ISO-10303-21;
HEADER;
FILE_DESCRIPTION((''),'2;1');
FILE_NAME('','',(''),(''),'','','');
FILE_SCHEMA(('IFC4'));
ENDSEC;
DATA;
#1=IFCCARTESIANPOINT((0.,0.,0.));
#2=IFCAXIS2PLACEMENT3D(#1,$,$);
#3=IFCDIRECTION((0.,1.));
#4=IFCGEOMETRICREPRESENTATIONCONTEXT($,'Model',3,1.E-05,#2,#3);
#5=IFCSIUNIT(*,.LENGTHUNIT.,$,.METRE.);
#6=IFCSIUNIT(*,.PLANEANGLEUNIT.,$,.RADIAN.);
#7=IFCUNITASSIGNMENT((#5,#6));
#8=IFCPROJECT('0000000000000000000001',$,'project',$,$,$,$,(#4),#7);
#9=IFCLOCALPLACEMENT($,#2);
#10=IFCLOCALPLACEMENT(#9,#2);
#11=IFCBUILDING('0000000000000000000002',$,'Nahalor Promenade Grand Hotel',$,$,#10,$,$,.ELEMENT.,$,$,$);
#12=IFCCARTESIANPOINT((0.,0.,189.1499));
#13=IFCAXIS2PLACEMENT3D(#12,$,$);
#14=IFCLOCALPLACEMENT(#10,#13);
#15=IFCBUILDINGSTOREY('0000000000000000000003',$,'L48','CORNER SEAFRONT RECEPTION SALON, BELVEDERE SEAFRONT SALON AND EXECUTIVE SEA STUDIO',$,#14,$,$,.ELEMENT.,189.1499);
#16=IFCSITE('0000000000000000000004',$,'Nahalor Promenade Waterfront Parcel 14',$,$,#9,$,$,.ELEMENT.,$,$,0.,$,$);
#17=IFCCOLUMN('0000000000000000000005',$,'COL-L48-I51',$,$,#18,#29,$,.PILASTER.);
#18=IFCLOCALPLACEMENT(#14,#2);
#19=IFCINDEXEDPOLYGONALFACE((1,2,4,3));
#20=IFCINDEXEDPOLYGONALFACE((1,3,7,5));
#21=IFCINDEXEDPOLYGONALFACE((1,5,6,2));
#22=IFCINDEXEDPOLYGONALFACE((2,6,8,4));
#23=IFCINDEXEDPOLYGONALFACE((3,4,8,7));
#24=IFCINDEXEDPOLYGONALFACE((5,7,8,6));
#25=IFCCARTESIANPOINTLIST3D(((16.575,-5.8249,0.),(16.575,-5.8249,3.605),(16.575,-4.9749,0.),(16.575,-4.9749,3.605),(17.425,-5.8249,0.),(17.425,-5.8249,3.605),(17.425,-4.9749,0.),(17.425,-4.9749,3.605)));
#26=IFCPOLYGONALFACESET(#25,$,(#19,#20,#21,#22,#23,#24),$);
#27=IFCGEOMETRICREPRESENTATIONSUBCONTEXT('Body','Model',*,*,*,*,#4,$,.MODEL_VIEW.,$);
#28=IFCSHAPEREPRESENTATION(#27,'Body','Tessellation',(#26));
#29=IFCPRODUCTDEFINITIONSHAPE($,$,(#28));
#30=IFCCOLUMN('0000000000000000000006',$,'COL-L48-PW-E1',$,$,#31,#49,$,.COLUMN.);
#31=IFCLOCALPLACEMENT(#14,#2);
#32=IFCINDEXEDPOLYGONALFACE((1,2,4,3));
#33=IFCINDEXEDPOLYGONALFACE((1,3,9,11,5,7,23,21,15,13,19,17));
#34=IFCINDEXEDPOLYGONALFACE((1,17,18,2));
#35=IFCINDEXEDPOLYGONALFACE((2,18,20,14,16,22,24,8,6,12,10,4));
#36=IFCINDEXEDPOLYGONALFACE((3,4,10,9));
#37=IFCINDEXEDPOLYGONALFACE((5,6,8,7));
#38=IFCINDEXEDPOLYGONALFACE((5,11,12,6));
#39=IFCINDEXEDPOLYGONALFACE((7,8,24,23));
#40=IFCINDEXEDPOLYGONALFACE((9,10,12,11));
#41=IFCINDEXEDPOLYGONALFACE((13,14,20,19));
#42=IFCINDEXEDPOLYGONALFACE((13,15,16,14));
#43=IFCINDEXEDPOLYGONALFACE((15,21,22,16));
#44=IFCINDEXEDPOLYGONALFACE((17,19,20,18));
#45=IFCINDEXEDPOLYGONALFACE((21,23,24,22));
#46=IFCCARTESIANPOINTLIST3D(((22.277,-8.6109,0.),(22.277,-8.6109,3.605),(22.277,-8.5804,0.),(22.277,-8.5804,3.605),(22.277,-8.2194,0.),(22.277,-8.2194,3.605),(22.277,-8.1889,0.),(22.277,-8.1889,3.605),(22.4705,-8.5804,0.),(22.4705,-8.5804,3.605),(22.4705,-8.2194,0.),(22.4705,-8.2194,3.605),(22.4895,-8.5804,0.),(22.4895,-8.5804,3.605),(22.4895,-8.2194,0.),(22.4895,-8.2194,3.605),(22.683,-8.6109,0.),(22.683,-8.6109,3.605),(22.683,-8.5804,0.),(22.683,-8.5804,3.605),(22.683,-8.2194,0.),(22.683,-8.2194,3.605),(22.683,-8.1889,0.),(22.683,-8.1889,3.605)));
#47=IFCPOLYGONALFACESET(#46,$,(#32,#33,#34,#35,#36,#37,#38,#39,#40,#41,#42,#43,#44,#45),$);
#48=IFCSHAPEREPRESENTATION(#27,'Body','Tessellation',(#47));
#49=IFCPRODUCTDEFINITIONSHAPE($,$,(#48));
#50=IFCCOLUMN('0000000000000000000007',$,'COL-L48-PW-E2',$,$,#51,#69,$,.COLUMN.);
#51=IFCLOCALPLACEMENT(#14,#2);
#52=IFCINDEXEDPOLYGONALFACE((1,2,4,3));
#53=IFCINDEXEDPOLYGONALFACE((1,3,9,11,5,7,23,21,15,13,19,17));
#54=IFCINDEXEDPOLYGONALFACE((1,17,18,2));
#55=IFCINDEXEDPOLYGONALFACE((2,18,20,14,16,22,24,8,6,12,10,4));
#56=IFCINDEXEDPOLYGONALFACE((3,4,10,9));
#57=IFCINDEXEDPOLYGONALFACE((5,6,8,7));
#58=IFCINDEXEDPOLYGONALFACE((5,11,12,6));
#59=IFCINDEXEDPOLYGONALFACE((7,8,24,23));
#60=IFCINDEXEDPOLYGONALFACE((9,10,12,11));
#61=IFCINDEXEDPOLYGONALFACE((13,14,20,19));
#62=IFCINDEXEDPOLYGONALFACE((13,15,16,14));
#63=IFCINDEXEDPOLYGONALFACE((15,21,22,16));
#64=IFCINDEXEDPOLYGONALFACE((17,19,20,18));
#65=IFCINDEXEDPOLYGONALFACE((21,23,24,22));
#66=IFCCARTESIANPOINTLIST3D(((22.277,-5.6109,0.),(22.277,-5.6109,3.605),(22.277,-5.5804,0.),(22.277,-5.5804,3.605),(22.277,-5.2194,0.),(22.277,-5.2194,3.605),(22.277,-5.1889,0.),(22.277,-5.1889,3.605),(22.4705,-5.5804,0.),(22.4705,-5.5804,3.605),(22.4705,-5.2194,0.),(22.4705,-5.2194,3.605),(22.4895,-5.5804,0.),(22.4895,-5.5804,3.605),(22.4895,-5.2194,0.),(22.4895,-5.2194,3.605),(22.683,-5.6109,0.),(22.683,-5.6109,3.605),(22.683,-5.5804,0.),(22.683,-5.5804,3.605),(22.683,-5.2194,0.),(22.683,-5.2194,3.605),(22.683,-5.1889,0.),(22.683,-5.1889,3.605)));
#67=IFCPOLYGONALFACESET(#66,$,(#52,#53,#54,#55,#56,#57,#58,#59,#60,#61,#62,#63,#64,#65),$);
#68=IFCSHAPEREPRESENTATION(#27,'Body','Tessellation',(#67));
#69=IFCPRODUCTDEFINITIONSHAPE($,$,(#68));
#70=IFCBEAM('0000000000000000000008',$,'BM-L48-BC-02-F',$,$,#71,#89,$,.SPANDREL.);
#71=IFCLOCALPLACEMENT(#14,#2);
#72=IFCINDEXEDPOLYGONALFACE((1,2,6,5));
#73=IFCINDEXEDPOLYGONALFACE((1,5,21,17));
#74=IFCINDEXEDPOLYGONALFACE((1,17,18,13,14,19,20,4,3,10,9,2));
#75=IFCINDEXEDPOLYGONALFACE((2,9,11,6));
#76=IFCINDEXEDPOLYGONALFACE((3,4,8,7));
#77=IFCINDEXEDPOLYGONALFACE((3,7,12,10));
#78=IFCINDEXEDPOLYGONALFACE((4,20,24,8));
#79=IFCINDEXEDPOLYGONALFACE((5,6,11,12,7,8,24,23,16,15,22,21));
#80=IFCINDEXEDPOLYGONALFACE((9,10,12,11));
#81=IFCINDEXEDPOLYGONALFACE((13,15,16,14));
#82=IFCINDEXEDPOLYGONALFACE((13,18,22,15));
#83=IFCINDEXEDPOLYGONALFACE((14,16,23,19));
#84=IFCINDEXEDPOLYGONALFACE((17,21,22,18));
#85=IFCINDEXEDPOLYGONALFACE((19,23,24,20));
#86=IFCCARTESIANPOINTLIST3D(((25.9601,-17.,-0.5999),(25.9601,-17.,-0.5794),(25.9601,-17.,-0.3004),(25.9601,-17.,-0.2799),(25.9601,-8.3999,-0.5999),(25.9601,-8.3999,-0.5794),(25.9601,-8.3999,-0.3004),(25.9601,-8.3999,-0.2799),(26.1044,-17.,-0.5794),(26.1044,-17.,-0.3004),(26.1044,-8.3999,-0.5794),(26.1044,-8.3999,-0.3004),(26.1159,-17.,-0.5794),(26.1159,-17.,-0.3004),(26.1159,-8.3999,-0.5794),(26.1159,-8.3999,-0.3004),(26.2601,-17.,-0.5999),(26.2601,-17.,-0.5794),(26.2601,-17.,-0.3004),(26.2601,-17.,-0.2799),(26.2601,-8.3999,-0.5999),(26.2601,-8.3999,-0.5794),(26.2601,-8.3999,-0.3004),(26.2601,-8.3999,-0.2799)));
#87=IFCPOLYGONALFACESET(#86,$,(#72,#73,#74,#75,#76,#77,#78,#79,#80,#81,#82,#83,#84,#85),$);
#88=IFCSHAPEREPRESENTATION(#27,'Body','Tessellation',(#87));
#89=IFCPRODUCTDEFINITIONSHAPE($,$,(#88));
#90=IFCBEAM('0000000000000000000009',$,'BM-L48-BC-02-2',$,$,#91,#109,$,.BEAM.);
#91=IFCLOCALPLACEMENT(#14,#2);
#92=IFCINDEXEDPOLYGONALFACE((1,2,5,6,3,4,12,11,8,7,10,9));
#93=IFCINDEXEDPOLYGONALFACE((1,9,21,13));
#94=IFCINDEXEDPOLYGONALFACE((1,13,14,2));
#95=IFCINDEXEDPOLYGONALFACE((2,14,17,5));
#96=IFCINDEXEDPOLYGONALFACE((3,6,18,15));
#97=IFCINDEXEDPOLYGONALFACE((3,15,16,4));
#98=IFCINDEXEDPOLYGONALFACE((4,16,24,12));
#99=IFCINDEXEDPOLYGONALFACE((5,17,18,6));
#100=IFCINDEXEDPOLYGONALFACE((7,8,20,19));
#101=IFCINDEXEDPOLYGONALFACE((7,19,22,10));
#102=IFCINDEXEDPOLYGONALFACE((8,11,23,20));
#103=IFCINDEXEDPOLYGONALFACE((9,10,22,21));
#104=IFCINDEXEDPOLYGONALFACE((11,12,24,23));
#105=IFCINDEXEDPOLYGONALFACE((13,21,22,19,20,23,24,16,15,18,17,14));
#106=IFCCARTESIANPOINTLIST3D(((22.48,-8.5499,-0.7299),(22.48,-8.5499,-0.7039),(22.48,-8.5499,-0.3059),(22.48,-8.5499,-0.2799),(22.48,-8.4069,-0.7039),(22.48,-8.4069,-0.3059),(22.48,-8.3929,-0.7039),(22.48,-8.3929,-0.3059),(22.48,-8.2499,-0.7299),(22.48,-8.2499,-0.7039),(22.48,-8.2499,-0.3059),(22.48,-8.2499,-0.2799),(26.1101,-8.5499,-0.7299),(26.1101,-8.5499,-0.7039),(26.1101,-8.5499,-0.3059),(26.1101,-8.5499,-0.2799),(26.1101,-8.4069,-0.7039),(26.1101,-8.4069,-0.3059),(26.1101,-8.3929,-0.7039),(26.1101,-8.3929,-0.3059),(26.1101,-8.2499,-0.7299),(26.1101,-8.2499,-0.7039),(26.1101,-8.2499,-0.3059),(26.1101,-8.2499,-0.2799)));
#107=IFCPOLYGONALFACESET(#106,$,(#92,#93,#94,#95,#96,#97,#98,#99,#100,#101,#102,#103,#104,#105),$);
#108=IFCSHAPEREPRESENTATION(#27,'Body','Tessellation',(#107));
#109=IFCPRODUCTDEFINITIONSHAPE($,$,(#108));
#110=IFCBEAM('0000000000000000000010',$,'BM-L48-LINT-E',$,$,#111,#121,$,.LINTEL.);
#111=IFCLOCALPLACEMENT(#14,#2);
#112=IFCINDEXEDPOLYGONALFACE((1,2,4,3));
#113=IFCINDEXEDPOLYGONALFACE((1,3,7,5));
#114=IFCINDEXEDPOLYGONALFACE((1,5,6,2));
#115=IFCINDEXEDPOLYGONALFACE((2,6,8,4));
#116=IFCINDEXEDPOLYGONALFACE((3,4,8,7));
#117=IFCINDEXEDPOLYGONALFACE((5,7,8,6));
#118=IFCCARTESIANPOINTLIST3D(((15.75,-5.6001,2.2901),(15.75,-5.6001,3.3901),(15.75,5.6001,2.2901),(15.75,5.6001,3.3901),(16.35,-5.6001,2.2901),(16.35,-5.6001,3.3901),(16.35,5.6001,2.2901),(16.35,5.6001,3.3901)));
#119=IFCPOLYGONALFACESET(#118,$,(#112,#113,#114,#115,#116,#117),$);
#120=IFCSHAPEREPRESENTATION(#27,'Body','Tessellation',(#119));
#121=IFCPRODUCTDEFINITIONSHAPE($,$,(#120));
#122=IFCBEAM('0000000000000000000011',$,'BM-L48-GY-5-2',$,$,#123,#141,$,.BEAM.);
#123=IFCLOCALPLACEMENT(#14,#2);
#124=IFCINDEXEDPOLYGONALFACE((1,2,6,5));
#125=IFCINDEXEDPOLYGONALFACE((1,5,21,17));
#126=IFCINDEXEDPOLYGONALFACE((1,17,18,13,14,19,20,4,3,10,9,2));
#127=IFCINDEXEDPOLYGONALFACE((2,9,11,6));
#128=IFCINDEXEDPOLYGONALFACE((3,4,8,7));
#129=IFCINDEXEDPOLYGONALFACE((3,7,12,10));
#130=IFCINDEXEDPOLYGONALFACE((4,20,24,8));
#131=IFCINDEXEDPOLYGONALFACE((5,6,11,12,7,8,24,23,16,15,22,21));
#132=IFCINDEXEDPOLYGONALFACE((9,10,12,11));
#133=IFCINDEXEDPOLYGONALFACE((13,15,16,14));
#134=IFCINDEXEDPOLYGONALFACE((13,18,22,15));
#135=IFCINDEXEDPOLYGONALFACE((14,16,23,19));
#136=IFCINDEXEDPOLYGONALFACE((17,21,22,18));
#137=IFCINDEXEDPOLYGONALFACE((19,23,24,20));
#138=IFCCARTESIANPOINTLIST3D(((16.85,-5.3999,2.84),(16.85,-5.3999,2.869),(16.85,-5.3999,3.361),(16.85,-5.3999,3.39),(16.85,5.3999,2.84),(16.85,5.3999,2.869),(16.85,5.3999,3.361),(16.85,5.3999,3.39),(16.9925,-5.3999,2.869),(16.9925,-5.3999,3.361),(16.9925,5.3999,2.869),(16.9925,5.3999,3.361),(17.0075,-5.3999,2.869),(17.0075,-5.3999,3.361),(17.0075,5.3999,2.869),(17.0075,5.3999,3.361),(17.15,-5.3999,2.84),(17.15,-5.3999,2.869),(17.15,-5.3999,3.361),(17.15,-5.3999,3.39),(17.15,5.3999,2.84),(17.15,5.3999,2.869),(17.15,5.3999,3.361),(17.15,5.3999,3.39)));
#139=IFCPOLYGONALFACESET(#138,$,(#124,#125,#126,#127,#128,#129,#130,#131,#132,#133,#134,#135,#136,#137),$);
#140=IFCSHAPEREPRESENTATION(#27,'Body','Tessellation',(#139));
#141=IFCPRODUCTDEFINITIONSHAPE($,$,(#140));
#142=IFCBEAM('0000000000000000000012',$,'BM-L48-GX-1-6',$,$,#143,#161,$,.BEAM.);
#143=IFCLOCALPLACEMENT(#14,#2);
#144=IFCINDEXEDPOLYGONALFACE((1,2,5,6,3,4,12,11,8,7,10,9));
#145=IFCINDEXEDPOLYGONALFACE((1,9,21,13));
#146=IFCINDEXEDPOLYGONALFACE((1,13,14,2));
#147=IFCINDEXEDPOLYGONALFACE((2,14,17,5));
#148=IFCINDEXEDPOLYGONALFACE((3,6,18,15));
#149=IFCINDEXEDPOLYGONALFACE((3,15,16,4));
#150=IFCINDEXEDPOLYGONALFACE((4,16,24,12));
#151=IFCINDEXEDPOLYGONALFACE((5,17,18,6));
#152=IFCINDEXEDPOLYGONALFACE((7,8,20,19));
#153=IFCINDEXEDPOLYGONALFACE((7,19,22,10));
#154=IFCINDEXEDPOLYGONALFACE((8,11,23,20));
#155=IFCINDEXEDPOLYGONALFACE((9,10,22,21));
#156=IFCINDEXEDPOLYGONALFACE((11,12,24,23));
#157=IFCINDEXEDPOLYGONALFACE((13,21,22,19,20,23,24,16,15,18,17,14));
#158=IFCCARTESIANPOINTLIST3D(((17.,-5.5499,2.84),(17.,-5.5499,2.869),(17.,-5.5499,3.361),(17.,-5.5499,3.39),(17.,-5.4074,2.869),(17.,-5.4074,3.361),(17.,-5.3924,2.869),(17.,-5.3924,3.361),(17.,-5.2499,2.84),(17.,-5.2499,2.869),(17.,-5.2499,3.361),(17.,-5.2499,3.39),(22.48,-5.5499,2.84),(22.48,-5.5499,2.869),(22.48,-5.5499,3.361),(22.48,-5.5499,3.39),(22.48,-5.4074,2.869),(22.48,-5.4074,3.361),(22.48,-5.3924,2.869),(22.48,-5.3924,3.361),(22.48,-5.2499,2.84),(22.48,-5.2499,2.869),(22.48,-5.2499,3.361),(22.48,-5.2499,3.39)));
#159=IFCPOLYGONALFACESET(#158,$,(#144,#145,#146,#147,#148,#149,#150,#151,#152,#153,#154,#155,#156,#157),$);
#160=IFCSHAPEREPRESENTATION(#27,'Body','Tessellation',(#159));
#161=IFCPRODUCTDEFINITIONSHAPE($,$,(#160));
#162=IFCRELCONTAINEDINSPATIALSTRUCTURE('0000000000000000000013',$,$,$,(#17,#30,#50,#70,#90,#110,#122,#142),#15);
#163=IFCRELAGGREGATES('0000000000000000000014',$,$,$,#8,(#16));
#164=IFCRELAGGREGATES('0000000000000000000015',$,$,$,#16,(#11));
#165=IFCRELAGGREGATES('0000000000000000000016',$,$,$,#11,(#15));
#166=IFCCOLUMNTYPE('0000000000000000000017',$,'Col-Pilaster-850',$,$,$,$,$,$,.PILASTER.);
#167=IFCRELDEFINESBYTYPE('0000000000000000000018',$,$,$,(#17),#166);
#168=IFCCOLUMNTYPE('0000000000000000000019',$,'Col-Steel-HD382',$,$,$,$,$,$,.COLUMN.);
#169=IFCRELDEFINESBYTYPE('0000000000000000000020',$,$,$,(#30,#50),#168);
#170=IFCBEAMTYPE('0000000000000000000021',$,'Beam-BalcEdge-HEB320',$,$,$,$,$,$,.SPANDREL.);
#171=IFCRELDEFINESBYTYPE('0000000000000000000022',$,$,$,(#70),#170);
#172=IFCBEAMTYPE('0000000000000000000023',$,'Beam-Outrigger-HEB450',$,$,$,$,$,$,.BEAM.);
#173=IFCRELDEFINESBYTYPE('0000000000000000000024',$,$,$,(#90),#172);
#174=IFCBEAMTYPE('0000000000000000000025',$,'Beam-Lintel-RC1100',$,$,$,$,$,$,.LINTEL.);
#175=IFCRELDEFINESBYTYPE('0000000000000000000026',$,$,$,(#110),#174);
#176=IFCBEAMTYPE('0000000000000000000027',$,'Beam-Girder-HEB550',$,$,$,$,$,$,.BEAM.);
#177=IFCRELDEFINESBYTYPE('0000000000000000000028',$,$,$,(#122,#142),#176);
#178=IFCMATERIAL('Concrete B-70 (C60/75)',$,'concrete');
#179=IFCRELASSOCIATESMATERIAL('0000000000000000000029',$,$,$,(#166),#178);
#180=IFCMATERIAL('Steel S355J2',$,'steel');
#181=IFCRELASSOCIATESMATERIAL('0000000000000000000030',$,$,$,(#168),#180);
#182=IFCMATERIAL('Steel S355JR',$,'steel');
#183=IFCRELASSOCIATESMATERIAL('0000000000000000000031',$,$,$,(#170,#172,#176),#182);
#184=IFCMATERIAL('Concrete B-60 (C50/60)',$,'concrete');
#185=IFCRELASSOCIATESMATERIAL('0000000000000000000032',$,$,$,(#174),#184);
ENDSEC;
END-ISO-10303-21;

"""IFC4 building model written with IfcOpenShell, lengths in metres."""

from ifc_helpers import new_model, si_unit, direction, frame, origin, origin_2d, place, context, subcontext, project, spatial, rectangle, i_section, extrude, source, transform, mapped, material, material_profile, profile_set, type_object, element, save


model = new_model("IFC4")

# Units and contexts
model_context = context("Model", 3, precision=1e-05, world=origin(), true_north=direction((0.0, 1.0)))
body_context = subcontext(model_context, "Body", "Model", "MODEL_VIEW")
ifc_project = project(units=[si_unit("LENGTHUNIT", "METRE"), si_unit("PLANEANGLEUNIT", "RADIAN")], contexts=[model_context])

# Site, building, storey
site_placement = place(None, origin())
site = spatial("IfcSite", under=ifc_project, at=site_placement, Name="Nahalor Promenade Waterfront Parcel 14", CompositionType="ELEMENT", RefElevation=0.0)
building_placement = place(site_placement, origin())
building = spatial("IfcBuilding", under=site, at=building_placement, Name="Nahalor Promenade Grand Hotel", CompositionType="ELEMENT")
storey_placement = place(building_placement, frame((0.0, 0.0, 189.1499)))
storey = spatial("IfcBuildingStorey", under=building, at=storey_placement, Name="L48", Description="CORNER SEAFRONT RECEPTION SALON, BELVEDERE SEAFRONT SALON AND EXECUTIVE SEA STUDIO", CompositionType="ELEMENT", Elevation=189.1499)

# Columns
ifc_material_1 = material(Name="Concrete B-70 (C60/75)", Category="concrete")
ifc_material_profile_1 = material_profile(ifc_material_1, rectangle(XDim=0.85, YDim=0.85, at=origin_2d()), Name="RC 850x850")
ifc_profile_set_1 = profile_set([ifc_material_profile_1], Name="Concrete B-70 (C60/75)")
column_type_1 = type_object("IfcColumnType", Name="Col-Pilaster-850", PredefinedType="PILASTER", material=ifc_profile_set_1)
shared_shape_1 = source(origin(), body_context, "Body", "SweptSolid", [
    extrude(rectangle(XDim=0.85, YDim=0.85, at=origin_2d()), origin(), (0.0, 0.0, 1.0), 3.605),
])
column_placement = place(storey_placement, frame((17.0, -5.3999, 0.0), z_axis=(0.0, 0.0, 1.0), x_axis=(1.0, 0.0, 0.0)))
element("IfcColumn", 1, at=column_placement, inside=storey, type_object=column_type_1, Name="COL-L48-I51", PredefinedType="PILASTER", context=body_context, shape_type="MappedRepresentation", body=[
    mapped(shared_shape_1, transform((0.0, 0.0, 0.0), scale=1.0)),
])
ifc_material_2 = material(Name="Steel S355J2", Category="steel")
ifc_material_profile_2 = material_profile(ifc_material_2, i_section(OverallWidth=0.406, OverallDepth=0.422, WebThickness=0.019, FlangeThickness=0.0305, at=origin_2d()), Name="HD 400x382")
ifc_profile_set_2 = profile_set([ifc_material_profile_2], Name="Steel S355J2")
column_type_2 = type_object("IfcColumnType", Name="Col-Steel-HD382", PredefinedType="COLUMN", material=ifc_profile_set_2)
shared_shape_2 = source(origin(), body_context, "Body", "SweptSolid", [
    extrude(i_section(OverallWidth=0.406, OverallDepth=0.422, WebThickness=0.019, FlangeThickness=0.0305, at=origin_2d()), origin(), (0.0, 0.0, 1.0), 3.605),
])
for number, where, z_axis, x_axis, name in (
    (2, (22.48, -8.3999, 0.0), (0.0, 0.0, 1.0), (1.0, 0.0, 0.0), "COL-L48-PW-E1"),
    (3, (22.48, -5.3999, 0.0), (0.0, 0.0, 1.0), (1.0, 0.0, 0.0), "COL-L48-PW-E2"),
):
    element("IfcColumn", number, at=place(storey_placement, frame(where, z_axis=z_axis, x_axis=x_axis)), inside=storey, type_object=column_type_2, Name=name, PredefinedType="COLUMN", context=body_context, shape_type="MappedRepresentation", body=[
        mapped(shared_shape_2, transform((0.0, 0.0, 0.0), scale=1.0)),
    ])

# Beams
ifc_material_3 = material(Name="Steel S355JR", Category="steel")
ifc_material_profile_3 = material_profile(ifc_material_3, i_section(OverallWidth=0.3, OverallDepth=0.32, WebThickness=0.0115, FlangeThickness=0.0205, at=origin_2d()), Name="HEB 320")
ifc_profile_set_3 = profile_set([ifc_material_profile_3], Name="Steel S355JR")
beam_type_1 = type_object("IfcBeamType", Name="Beam-BalcEdge-HEB320", PredefinedType="SPANDREL", material=ifc_profile_set_3)
shared_shape_3 = source(origin(), body_context, "Body", "SweptSolid", [
    extrude(i_section(OverallWidth=0.3, OverallDepth=0.32, WebThickness=0.0115, FlangeThickness=0.0205, at=origin_2d()), origin(), (0.0, 0.0, 1.0), 8.6001),
])
beam_1_placement = place(storey_placement, frame((26.1101, -17.0, -0.4399), z_axis=(0.0, 1.0, 0.0), x_axis=(-1.0, 0.0, 0.0)))
element("IfcBeam", 4, at=beam_1_placement, inside=storey, type_object=beam_type_1, Name="BM-L48-BC-02-F", PredefinedType="SPANDREL", context=body_context, shape_type="MappedRepresentation", body=[
    mapped(shared_shape_3, transform((0.0, 0.0, 0.0), scale=1.0)),
])
ifc_material_profile_4 = material_profile(ifc_material_3, i_section(OverallWidth=0.3, OverallDepth=0.45, WebThickness=0.014, FlangeThickness=0.026, at=origin_2d()), Name="HEB 450")
ifc_profile_set_4 = profile_set([ifc_material_profile_4], Name="Steel S355JR")
beam_type_2 = type_object("IfcBeamType", Name="Beam-Outrigger-HEB450", PredefinedType="BEAM", material=ifc_profile_set_4)
shared_shape_4 = source(origin(), body_context, "Body", "SweptSolid", [
    extrude(i_section(OverallWidth=0.3, OverallDepth=0.45, WebThickness=0.014, FlangeThickness=0.026, at=origin_2d()), origin(), (0.0, 0.0, 1.0), 3.6301),
])
beam_2_placement = place(storey_placement, frame((22.48, -8.3999, -0.5049), z_axis=(1.0, 0.0, 0.0), x_axis=(0.0, 1.0, 0.0)))
element("IfcBeam", 5, at=beam_2_placement, inside=storey, type_object=beam_type_2, Name="BM-L48-BC-02-2", PredefinedType="BEAM", context=body_context, shape_type="MappedRepresentation", body=[
    mapped(shared_shape_4, transform((0.0, 0.0, 0.0), scale=1.0)),
])
ifc_material_4 = material(Name="Concrete B-60 (C50/60)", Category="concrete")
ifc_material_profile_5 = material_profile(ifc_material_4, rectangle(XDim=0.6, YDim=1.1, at=origin_2d()), Name="RC 600x1100")
ifc_profile_set_5 = profile_set([ifc_material_profile_5], Name="Concrete B-60 (C50/60)")
beam_type_3 = type_object("IfcBeamType", Name="Beam-Lintel-RC1100", PredefinedType="LINTEL", material=ifc_profile_set_5)
shared_shape_5 = source(origin(), body_context, "Body", "SweptSolid", [
    extrude(rectangle(XDim=0.6, YDim=1.1, at=origin_2d()), origin(), (0.0, 0.0, 1.0), 11.2002),
])
beam_3_placement = place(storey_placement, frame((16.05, -5.6001, 2.8401), z_axis=(0.0, 1.0, 0.0), x_axis=(-1.0, 0.0, 0.0)))
element("IfcBeam", 6, at=beam_3_placement, inside=storey, type_object=beam_type_3, Name="BM-L48-LINT-E", PredefinedType="LINTEL", context=body_context, shape_type="MappedRepresentation", body=[
    mapped(shared_shape_5, transform((0.0, 0.0, 0.0), scale=1.0)),
])
ifc_material_profile_6 = material_profile(ifc_material_3, i_section(OverallWidth=0.3, OverallDepth=0.55, WebThickness=0.015, FlangeThickness=0.029, at=origin_2d()), Name="HEB 550")
ifc_profile_set_6 = profile_set([ifc_material_profile_6], Name="Steel S355JR")
beam_type_4 = type_object("IfcBeamType", Name="Beam-Girder-HEB550", PredefinedType="BEAM", material=ifc_profile_set_6)
shared_shape_6 = source(origin(), body_context, "Body", "SweptSolid", [
    extrude(i_section(OverallWidth=0.3, OverallDepth=0.55, WebThickness=0.015, FlangeThickness=0.029, at=origin_2d()), origin(), (0.0, 0.0, 1.0), 10.7998),
])
beam_4_placement = place(storey_placement, frame((17.0, -5.3999, 3.115), z_axis=(0.0, 1.0, 0.0), x_axis=(-1.0, 0.0, 0.0)))
element("IfcBeam", 7, at=beam_4_placement, inside=storey, type_object=beam_type_4, Name="BM-L48-GY-5-2", PredefinedType="BEAM", context=body_context, shape_type="MappedRepresentation", body=[
    mapped(shared_shape_6, transform((0.0, 0.0, 0.0), scale=1.0)),
])
shared_shape_7 = source(origin(), body_context, "Body", "SweptSolid", [
    extrude(i_section(OverallWidth=0.3, OverallDepth=0.55, WebThickness=0.015, FlangeThickness=0.029, at=origin_2d()), origin(), (0.0, 0.0, 1.0), 5.48),
])
beam_5_placement = place(storey_placement, frame((17.0, -5.3999, 3.115), z_axis=(1.0, 0.0, 0.0), x_axis=(0.0, 1.0, 0.0)))
element("IfcBeam", 8, at=beam_5_placement, inside=storey, type_object=beam_type_4, Name="BM-L48-GX-1-6", PredefinedType="BEAM", context=body_context, shape_type="MappedRepresentation", body=[
    mapped(shared_shape_7, transform((0.0, 0.0, 0.0), scale=1.0)),
])

save(model, "model.ifc")
